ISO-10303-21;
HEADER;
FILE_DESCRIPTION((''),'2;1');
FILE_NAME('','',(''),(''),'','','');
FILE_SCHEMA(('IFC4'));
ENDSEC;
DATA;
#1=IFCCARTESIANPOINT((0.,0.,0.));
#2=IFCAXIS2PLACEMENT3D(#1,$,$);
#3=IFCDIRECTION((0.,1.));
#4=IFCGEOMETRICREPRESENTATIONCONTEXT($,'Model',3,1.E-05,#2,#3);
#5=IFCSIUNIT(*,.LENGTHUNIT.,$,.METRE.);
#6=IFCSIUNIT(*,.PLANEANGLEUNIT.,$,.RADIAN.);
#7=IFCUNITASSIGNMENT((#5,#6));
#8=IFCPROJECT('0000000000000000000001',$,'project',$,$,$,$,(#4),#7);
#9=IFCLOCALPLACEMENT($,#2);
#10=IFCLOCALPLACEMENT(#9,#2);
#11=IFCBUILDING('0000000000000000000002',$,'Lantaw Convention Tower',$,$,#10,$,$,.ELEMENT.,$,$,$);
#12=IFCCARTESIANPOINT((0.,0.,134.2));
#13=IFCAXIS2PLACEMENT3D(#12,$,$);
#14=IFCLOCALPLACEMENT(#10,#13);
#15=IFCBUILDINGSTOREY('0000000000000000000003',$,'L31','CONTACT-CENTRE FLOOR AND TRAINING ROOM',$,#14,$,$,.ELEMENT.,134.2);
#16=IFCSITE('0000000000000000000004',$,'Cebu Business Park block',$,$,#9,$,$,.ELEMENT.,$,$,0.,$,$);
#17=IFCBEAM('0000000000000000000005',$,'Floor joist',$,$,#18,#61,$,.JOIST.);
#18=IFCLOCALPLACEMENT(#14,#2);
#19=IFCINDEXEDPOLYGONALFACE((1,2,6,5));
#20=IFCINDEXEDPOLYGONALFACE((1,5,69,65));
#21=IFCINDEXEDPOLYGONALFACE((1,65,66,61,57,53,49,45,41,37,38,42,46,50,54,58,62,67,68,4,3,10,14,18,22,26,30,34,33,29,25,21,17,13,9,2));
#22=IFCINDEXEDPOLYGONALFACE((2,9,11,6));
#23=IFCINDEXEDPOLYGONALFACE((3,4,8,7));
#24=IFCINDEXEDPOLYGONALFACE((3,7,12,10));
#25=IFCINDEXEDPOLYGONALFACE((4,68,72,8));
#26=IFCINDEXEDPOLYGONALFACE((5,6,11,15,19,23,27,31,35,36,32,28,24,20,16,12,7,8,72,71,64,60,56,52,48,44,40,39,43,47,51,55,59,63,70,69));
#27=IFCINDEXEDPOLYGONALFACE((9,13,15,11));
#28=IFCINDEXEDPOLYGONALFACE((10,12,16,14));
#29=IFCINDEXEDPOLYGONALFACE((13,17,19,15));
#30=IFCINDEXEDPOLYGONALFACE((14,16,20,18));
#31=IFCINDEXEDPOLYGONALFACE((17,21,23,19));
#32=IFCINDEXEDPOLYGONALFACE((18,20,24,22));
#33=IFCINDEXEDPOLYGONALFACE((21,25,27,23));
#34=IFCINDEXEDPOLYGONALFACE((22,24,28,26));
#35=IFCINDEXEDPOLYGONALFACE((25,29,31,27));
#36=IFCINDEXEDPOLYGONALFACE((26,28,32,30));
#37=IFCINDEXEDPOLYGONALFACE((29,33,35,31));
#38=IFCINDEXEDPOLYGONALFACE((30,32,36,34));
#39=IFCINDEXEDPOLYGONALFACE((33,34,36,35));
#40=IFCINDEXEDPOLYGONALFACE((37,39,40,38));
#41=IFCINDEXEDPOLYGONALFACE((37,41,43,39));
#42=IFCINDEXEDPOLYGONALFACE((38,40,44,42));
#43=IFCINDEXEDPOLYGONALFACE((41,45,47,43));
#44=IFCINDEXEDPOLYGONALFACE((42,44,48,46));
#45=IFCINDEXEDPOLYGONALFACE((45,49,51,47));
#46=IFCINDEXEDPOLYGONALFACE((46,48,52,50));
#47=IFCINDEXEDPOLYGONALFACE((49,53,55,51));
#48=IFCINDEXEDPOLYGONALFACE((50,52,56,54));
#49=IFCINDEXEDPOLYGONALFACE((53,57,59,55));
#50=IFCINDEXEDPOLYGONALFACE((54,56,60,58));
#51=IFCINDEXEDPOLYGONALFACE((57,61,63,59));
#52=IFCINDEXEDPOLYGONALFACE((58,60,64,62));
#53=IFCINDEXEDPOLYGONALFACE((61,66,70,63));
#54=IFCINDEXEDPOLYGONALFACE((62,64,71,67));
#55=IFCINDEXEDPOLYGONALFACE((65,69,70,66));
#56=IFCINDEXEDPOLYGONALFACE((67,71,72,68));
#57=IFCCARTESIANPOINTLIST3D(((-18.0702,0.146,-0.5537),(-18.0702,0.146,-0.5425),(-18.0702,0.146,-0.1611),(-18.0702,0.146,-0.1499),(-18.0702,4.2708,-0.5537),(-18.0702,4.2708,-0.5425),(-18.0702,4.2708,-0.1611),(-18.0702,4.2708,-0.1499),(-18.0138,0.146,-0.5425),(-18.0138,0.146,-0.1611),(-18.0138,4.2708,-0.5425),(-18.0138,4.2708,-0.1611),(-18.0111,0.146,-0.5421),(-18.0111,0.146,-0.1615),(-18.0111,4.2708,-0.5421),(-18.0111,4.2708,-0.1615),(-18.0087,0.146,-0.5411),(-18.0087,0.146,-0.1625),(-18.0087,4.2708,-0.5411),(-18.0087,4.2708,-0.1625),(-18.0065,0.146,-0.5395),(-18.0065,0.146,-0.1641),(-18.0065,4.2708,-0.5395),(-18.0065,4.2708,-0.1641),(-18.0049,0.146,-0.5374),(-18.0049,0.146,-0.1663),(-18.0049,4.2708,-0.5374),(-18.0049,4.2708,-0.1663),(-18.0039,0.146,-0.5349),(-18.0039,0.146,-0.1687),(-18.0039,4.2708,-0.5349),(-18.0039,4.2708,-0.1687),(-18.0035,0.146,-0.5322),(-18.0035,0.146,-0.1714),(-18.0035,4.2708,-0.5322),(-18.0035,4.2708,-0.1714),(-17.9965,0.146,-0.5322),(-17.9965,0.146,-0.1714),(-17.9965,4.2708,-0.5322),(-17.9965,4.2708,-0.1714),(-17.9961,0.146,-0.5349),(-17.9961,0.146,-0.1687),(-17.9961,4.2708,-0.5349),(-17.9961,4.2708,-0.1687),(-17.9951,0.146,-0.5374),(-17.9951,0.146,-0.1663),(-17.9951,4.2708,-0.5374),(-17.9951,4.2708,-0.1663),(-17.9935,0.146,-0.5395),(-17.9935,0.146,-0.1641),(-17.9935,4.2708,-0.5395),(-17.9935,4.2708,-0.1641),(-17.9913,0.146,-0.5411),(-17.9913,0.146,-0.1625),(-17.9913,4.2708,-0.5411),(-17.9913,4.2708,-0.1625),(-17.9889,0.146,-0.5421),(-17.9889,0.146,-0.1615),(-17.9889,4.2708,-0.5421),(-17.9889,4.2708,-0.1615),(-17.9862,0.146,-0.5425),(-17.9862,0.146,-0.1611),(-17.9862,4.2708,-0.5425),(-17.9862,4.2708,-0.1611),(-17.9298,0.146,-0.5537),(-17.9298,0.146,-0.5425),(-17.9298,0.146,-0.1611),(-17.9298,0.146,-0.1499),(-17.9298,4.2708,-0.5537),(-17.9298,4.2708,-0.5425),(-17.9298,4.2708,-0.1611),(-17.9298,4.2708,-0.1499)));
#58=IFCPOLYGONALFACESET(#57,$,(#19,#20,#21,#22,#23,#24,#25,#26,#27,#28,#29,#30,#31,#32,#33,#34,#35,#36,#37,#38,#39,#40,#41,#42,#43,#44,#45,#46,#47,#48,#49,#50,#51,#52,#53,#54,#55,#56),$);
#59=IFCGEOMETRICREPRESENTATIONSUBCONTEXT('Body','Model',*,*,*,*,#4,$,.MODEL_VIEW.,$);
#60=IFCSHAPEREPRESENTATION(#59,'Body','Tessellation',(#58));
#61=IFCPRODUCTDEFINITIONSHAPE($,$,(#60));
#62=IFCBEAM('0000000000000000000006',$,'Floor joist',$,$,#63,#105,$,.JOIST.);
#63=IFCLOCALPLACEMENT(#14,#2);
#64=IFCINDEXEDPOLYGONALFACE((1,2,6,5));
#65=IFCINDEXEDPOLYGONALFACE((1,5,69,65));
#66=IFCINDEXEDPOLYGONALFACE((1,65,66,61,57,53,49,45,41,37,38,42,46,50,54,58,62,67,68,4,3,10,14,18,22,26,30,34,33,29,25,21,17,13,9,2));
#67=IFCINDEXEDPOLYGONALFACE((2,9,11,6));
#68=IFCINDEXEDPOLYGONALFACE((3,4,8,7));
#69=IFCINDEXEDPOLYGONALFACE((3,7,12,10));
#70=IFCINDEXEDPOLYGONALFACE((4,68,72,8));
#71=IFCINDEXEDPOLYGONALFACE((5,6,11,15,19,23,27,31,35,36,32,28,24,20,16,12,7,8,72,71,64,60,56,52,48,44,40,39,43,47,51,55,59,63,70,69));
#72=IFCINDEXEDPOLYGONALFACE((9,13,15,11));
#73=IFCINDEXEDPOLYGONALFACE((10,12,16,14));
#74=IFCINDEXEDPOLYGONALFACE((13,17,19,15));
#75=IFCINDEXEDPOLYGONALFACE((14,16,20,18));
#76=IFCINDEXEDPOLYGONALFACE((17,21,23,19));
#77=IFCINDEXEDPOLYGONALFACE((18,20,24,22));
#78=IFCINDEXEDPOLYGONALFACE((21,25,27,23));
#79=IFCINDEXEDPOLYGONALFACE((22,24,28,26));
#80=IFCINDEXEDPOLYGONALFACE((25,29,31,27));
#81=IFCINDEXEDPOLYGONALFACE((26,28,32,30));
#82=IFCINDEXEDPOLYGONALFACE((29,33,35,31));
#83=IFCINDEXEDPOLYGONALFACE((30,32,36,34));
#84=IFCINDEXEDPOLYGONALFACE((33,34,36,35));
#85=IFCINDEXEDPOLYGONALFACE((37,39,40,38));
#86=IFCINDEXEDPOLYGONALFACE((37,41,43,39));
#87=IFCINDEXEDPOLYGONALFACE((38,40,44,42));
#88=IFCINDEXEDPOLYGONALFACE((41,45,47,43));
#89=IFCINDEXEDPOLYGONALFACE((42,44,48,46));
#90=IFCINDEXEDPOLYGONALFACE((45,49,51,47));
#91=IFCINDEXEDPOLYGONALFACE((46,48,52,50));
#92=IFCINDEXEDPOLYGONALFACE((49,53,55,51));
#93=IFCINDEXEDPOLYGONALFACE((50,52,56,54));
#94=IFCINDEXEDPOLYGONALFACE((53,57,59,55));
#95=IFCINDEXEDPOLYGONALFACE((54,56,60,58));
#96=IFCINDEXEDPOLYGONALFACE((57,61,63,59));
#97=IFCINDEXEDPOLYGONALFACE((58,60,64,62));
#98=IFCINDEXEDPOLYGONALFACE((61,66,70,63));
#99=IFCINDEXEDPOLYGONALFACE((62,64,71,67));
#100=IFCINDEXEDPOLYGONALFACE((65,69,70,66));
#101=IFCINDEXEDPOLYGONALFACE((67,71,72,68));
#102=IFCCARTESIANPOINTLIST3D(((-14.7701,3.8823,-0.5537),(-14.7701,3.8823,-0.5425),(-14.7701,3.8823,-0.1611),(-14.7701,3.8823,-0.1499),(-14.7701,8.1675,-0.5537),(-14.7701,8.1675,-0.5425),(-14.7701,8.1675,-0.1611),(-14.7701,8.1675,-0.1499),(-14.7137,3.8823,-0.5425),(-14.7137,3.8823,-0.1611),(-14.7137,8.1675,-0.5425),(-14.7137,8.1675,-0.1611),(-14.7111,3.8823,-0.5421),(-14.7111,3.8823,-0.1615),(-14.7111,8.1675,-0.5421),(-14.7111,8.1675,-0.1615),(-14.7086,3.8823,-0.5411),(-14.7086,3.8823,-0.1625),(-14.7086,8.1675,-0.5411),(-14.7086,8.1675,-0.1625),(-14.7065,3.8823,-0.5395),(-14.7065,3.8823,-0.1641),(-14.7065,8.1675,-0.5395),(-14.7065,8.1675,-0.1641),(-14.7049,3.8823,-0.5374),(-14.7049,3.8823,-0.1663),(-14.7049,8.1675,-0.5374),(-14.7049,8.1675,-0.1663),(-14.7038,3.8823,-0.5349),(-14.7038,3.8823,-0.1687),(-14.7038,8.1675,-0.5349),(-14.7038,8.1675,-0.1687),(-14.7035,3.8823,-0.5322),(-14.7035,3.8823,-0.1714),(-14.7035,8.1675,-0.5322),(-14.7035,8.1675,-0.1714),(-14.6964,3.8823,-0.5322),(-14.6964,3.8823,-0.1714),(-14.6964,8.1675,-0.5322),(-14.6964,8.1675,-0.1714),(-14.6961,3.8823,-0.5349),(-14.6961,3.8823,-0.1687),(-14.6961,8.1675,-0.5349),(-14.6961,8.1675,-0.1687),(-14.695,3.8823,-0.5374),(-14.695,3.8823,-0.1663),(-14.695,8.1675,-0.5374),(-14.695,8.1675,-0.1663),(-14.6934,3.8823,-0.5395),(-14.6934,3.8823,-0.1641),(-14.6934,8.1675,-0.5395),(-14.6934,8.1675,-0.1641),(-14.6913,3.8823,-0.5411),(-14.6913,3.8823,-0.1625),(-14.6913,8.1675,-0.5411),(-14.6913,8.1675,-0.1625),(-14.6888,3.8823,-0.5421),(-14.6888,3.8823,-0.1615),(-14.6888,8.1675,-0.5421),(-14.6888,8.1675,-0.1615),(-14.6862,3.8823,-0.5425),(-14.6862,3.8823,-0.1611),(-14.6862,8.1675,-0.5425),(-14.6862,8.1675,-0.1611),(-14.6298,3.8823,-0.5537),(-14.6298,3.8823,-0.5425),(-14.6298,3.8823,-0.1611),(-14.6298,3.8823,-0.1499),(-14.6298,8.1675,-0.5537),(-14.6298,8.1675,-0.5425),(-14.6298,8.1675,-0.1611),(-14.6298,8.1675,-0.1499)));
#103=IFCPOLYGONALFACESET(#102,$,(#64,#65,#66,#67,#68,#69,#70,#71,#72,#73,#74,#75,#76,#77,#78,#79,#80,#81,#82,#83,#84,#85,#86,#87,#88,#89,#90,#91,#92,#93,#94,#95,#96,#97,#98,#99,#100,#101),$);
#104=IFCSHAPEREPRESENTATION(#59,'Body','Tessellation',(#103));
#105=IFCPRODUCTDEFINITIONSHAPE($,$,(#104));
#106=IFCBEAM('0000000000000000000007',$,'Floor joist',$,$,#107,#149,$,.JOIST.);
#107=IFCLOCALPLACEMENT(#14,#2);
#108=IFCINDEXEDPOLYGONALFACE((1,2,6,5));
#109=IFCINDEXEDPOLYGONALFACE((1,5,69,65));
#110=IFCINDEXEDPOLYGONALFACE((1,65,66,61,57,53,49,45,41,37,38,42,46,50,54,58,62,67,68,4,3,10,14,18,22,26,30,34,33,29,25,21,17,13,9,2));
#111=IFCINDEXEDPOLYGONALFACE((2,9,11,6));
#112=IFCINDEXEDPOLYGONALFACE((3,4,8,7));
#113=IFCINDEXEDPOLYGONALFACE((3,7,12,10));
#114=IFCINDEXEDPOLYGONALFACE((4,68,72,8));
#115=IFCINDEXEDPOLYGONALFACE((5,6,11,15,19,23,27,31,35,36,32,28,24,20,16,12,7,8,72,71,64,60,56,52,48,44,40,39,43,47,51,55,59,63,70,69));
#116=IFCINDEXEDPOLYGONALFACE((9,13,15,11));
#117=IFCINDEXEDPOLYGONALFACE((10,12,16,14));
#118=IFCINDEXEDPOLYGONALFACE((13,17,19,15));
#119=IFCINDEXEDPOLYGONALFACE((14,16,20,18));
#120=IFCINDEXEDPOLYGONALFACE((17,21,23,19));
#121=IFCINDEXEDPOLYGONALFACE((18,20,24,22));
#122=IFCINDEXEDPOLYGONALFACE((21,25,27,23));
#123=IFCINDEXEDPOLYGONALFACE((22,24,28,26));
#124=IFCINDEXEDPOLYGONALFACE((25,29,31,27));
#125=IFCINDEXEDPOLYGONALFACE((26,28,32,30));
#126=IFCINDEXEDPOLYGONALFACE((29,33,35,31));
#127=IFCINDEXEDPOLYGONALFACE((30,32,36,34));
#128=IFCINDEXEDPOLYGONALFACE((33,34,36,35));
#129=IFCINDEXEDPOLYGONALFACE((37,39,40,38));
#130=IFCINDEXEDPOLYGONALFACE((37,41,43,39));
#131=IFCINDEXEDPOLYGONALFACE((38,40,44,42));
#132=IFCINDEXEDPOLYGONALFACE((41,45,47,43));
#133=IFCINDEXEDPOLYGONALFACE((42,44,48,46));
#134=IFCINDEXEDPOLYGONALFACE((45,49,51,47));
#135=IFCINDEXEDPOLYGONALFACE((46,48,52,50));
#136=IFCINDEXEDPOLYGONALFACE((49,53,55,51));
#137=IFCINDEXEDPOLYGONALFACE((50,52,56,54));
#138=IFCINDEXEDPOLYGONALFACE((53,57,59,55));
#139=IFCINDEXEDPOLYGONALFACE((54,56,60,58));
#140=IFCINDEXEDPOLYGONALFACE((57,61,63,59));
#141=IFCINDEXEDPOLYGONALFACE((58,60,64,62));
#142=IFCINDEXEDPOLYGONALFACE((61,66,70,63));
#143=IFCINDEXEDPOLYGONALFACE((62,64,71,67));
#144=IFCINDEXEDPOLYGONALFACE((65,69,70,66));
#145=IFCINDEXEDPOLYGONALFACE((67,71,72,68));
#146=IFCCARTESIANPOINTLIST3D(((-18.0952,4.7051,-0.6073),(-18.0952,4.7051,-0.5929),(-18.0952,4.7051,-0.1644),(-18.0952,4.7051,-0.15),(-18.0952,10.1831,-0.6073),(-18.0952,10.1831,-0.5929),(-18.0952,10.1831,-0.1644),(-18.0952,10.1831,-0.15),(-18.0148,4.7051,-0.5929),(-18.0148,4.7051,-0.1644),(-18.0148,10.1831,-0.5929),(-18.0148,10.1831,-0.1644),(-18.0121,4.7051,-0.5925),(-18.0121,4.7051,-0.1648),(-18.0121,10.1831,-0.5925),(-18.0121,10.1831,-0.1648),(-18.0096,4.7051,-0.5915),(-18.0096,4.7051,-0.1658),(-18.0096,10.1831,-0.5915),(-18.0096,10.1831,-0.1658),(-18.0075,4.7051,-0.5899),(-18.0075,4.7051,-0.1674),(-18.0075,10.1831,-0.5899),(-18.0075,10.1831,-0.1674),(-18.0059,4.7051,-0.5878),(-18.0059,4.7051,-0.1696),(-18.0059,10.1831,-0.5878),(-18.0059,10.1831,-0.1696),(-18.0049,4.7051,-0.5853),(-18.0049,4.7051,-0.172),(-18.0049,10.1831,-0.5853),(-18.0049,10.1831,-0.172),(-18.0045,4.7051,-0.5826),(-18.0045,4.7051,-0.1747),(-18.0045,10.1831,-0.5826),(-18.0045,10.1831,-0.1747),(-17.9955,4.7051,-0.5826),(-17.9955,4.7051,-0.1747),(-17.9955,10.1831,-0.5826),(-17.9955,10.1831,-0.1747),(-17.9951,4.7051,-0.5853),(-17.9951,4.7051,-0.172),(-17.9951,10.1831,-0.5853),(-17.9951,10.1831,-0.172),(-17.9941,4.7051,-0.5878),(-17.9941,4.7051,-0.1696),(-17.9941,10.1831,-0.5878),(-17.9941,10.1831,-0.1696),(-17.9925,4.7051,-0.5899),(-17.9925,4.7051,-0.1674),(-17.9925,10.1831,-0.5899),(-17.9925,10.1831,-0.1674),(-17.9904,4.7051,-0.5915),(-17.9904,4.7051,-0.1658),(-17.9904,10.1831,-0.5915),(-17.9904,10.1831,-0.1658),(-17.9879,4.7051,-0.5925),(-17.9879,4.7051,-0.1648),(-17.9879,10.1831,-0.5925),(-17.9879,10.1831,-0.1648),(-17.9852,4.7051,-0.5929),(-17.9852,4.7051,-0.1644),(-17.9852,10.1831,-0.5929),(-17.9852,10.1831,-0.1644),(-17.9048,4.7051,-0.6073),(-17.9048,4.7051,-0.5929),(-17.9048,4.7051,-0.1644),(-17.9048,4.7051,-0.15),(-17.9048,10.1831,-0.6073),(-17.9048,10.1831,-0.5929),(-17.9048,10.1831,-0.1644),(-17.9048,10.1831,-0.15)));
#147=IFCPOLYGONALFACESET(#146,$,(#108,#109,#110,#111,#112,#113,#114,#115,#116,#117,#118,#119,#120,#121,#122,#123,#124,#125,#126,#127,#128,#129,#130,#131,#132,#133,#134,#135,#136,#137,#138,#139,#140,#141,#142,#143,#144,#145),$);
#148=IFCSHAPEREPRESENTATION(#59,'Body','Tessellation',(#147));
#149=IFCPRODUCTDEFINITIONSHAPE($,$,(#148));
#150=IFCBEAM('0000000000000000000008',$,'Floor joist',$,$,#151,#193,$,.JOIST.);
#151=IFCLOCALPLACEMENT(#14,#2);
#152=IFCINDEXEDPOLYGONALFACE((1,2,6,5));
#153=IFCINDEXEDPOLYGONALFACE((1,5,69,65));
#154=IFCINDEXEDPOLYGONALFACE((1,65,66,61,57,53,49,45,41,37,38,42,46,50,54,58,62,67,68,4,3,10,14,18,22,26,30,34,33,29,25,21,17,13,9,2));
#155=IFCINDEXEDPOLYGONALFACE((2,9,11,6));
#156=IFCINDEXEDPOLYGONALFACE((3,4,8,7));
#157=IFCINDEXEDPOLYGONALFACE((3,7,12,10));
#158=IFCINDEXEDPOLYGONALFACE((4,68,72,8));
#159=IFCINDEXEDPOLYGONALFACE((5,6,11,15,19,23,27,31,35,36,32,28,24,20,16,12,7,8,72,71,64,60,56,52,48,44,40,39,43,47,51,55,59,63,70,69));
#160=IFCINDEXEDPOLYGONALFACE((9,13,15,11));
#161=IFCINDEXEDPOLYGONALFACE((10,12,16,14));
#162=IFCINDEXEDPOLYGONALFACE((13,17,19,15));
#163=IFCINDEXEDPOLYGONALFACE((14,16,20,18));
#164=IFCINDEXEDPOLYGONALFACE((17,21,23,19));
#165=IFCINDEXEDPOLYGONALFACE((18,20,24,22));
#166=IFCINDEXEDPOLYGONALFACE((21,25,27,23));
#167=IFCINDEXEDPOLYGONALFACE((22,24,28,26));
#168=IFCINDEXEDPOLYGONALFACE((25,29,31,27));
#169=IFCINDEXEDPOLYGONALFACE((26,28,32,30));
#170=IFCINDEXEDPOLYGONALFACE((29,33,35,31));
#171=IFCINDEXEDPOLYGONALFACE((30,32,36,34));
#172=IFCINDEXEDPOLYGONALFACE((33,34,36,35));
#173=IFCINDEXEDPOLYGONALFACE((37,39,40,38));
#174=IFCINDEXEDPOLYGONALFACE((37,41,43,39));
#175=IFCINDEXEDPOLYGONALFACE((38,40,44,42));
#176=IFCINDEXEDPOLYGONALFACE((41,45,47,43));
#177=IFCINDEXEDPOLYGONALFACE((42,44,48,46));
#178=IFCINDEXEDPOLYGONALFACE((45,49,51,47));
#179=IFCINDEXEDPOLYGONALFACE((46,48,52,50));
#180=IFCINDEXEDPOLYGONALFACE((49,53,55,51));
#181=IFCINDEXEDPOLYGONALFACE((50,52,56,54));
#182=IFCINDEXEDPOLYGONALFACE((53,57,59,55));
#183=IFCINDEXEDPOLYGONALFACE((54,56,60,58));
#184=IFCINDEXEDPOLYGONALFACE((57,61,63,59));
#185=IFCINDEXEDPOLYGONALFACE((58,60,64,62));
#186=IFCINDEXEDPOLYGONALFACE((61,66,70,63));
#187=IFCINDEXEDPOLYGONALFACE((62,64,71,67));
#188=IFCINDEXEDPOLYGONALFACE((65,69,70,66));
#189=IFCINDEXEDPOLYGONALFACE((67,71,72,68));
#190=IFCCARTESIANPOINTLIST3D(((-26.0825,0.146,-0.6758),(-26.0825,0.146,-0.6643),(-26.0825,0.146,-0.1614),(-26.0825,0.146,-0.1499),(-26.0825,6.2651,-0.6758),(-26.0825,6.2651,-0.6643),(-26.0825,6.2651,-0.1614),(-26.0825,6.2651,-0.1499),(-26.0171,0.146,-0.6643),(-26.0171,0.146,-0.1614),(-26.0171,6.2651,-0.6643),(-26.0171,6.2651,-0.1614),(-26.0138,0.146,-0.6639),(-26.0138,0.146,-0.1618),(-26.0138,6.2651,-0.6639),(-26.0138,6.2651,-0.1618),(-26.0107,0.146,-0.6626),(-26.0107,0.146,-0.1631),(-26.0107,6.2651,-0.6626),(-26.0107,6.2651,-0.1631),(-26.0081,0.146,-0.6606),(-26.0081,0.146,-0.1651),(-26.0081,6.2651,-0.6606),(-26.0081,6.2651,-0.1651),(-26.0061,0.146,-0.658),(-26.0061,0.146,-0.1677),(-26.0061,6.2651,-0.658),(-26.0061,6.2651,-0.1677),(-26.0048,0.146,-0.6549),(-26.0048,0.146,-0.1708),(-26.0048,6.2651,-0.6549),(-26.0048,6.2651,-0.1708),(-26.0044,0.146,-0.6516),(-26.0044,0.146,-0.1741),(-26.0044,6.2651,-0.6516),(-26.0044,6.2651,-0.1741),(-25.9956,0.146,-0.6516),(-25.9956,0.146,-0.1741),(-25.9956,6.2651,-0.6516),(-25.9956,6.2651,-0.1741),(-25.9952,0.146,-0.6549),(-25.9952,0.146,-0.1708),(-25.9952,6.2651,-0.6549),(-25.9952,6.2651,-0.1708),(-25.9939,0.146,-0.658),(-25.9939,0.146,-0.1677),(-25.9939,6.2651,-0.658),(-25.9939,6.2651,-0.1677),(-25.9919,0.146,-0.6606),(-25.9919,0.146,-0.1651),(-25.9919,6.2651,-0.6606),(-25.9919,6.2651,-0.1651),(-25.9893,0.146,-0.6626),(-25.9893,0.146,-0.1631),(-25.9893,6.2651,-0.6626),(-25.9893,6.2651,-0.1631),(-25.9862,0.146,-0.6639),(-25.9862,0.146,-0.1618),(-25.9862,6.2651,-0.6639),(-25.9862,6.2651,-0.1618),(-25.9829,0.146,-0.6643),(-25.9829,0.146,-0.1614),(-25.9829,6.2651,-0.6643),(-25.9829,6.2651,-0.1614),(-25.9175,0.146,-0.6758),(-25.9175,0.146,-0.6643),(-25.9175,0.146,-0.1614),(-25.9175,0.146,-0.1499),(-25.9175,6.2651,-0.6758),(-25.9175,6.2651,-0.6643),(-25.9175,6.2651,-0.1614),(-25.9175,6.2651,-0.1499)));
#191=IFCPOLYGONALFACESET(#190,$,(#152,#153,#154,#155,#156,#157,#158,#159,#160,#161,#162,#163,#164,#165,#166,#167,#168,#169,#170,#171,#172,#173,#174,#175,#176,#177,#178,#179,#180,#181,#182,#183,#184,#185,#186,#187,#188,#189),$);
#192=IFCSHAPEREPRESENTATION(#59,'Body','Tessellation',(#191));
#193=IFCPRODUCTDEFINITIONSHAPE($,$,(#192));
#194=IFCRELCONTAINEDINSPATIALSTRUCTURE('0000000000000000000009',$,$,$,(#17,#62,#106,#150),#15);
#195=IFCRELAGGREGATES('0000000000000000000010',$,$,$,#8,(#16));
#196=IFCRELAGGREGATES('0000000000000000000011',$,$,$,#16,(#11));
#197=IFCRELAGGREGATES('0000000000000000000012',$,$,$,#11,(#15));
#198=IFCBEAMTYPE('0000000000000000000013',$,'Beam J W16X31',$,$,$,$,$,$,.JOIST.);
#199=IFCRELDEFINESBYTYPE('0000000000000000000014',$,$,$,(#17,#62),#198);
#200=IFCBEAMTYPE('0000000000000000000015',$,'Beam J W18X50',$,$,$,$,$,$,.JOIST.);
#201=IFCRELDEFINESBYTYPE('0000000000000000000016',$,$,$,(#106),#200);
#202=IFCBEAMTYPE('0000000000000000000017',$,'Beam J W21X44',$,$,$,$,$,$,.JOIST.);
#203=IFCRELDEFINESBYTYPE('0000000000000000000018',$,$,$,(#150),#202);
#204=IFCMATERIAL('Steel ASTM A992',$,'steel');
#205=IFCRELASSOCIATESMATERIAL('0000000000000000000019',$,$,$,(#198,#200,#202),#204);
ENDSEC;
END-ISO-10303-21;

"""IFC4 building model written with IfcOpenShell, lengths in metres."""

from ifc_helpers import new_model, si_unit, direction, frame, origin, origin_2d, place, context, subcontext, project, spatial, i_section, extrude, material, material_profile, profile_set, type_object, element, save


model = new_model("IFC4")

# Units and contexts
model_context = context("Model", 3, precision=1e-05, world=origin(), true_north=direction((0.0, 1.0)))
body_context = subcontext(model_context, "Body", "Model", "MODEL_VIEW")
ifc_project = project(units=[si_unit("LENGTHUNIT", "METRE"), si_unit("PLANEANGLEUNIT", "RADIAN")], contexts=[model_context])

# Site, building, storey
site_placement = place(None, origin())
site = spatial("IfcSite", under=ifc_project, at=site_placement, Name="Cebu Business Park block", CompositionType="ELEMENT", RefElevation=0.0)
building_placement = place(site_placement, origin())
building = spatial("IfcBuilding", under=site, at=building_placement, Name="Lantaw Convention Tower", CompositionType="ELEMENT")
storey_placement = place(building_placement, frame((0.0, 0.0, 134.2)))
storey = spatial("IfcBuildingStorey", under=building, at=storey_placement, Name="L31", Description="CONTACT-CENTRE FLOOR AND TRAINING ROOM", CompositionType="ELEMENT", Elevation=134.2)

# Beams
ifc_material_1 = material(Name="Steel ASTM A992", Category="steel")
ifc_material_profile_1 = material_profile(ifc_material_1, i_section(OverallWidth=0.1404, OverallDepth=0.4038, WebThickness=0.0071, FlangeThickness=0.0112, FilletRadius=0.0103, at=origin_2d()), Name="W16X31")
ifc_profile_set_1 = profile_set([ifc_material_profile_1], Name="Steel ASTM A992")
beam_type_1 = type_object("IfcBeamType", Name="Beam J W16X31", PredefinedType="JOIST", material=ifc_profile_set_1)
beam_1_placement = place(storey_placement, frame((-18.0, 0.146, -0.3518), z_axis=(0.0, 1.0, 0.0), x_axis=(-1.0, 0.0, 0.0)))
element("IfcBeam", 1, at=beam_1_placement, inside=storey, type_object=beam_type_1, Name="Floor joist", PredefinedType="JOIST", context=body_context, shape_type="SweptSolid", body=[
    extrude(i_section(OverallWidth=0.1404, OverallDepth=0.4038, WebThickness=0.0071, FlangeThickness=0.0112, FilletRadius=0.0103, at=origin_2d()), origin(), (0.0, 0.0, 1.0), 4.1248),
])
beam_2_placement = place(storey_placement, frame((-14.7, 3.8823, -0.3518), z_axis=(0.0, 1.0, 0.0), x_axis=(-1.0, 0.0, 0.0)))
element("IfcBeam", 2, at=beam_2_placement, inside=storey, type_object=beam_type_1, Name="Floor joist", PredefinedType="JOIST", context=body_context, shape_type="SweptSolid", body=[
    extrude(i_section(OverallWidth=0.1404, OverallDepth=0.4038, WebThickness=0.0071, FlangeThickness=0.0112, FilletRadius=0.0103, at=origin_2d()), origin(), (0.0, 0.0, 1.0), 4.2852),
])
ifc_material_profile_2 = material_profile(ifc_material_1, i_section(OverallWidth=0.1904, OverallDepth=0.4573, WebThickness=0.009, FlangeThickness=0.0144, FilletRadius=0.0103, at=origin_2d()), Name="W18X50")
ifc_profile_set_2 = profile_set([ifc_material_profile_2], Name="Steel ASTM A992")
beam_type_2 = type_object("IfcBeamType", Name="Beam J W18X50", PredefinedType="JOIST", material=ifc_profile_set_2)
beam_3_placement = place(storey_placement, frame((-18.0, 4.7051, -0.3787), z_axis=(0.0, 1.0, 0.0), x_axis=(-1.0, 0.0, 0.0)))
element("IfcBeam", 3, at=beam_3_placement, inside=storey, type_object=beam_type_2, Name="Floor joist", PredefinedType="JOIST", context=body_context, shape_type="SweptSolid", body=[
    extrude(i_section(OverallWidth=0.1904, OverallDepth=0.4573, WebThickness=0.009, FlangeThickness=0.0144, FilletRadius=0.0103, at=origin_2d()), origin(), (0.0, 0.0, 1.0), 5.478),
])
ifc_material_profile_3 = material_profile(ifc_material_1, i_section(OverallWidth=0.165, OverallDepth=0.5259, WebThickness=0.0088, FlangeThickness=0.0115, FilletRadius=0.0127, at=origin_2d()), Name="W21X44")
ifc_profile_set_3 = profile_set([ifc_material_profile_3], Name="Steel ASTM A992")
beam_type_3 = type_object("IfcBeamType", Name="Beam J W21X44", PredefinedType="JOIST", material=ifc_profile_set_3)
beam_4_placement = place(storey_placement, frame((-26.0, 0.146, -0.4128), z_axis=(0.0, 1.0, 0.0), x_axis=(-1.0, 0.0, 0.0)))
element("IfcBeam", 4, at=beam_4_placement, inside=storey, type_object=beam_type_3, Name="Floor joist", PredefinedType="JOIST", context=body_context, shape_type="SweptSolid", body=[
    extrude(i_section(OverallWidth=0.165, OverallDepth=0.5259, WebThickness=0.0088, FlangeThickness=0.0115, FilletRadius=0.0127, at=origin_2d()), origin(), (0.0, 0.0, 1.0), 6.1191),
])

save(model, "model.ifc")
